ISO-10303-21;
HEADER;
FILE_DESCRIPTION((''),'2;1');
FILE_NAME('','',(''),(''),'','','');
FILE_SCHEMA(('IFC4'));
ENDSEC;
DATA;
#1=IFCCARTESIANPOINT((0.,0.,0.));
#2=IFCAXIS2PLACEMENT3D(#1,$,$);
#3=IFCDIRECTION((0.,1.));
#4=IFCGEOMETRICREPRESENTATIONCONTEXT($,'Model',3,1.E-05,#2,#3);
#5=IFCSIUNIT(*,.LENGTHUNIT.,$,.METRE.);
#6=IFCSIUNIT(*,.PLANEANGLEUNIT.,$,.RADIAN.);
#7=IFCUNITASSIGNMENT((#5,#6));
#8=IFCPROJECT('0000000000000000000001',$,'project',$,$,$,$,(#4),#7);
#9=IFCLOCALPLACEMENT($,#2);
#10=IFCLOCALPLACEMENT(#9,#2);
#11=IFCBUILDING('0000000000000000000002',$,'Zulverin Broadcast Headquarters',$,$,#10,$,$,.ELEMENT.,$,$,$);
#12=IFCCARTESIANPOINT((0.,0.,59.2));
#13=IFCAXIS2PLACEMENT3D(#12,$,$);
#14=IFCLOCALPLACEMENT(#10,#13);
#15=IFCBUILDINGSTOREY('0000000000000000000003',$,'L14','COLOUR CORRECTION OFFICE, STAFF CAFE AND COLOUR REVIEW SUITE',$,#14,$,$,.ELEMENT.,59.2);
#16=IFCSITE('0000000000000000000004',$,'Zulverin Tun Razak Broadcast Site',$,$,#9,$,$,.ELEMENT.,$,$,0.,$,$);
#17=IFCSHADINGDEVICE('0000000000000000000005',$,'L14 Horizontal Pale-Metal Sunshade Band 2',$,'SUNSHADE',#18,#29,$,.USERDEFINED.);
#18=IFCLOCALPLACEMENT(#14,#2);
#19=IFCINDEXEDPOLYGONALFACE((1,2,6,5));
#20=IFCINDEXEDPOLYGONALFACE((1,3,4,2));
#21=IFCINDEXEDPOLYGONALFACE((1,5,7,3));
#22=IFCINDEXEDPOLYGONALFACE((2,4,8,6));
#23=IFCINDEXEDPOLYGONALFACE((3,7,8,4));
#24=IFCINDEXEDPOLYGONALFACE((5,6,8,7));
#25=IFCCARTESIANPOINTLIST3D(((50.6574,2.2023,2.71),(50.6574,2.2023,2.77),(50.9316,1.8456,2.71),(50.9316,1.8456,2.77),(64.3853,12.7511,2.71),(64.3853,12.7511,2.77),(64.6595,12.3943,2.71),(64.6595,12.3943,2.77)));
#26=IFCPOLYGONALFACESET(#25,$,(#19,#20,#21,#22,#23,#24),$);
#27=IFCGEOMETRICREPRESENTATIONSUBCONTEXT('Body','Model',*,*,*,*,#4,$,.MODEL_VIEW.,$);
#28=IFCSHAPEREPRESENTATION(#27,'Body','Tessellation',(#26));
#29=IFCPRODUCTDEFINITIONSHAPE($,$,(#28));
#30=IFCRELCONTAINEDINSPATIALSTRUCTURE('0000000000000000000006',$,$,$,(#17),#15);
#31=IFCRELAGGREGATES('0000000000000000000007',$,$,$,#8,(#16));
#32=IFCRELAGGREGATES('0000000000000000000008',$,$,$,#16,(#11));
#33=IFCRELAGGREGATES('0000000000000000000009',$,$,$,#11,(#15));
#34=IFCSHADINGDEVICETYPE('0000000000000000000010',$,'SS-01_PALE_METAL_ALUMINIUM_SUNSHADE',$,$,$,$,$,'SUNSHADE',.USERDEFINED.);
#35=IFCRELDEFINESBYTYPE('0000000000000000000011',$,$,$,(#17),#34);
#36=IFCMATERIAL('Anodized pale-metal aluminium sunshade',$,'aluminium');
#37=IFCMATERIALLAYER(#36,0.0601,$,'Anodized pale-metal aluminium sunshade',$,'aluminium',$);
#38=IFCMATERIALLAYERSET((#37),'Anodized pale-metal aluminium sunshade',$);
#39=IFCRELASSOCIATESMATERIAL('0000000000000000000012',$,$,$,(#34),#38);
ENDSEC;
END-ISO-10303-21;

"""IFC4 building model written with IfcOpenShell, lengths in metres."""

from ifc_helpers import new_model, si_unit, direction, frame, origin, origin_2d, place, context, subcontext, project, spatial, rectangle, extrude, material, layer, layer_set, type_object, element, save


model = new_model("IFC4")

# Units and contexts
model_context = context("Model", 3, precision=1e-05, world=origin(), true_north=direction((0.0, 1.0)))
body_context = subcontext(model_context, "Body", "Model", "MODEL_VIEW")
ifc_project = project(units=[si_unit("LENGTHUNIT", "METRE"), si_unit("PLANEANGLEUNIT", "RADIAN")], contexts=[model_context])

# Site, building, storey
site_placement = place(None, origin())
site = spatial("IfcSite", under=ifc_project, at=site_placement, Name="Zulverin Tun Razak Broadcast Site", CompositionType="ELEMENT", RefElevation=0.0)
building_placement = place(site_placement, origin())
building = spatial("IfcBuilding", under=site, at=building_placement, Name="Zulverin Broadcast Headquarters", CompositionType="ELEMENT")
storey_placement = place(building_placement, frame((0.0, 0.0, 59.2)))
storey = spatial("IfcBuildingStorey", under=building, at=storey_placement, Name="L14", Description="COLOUR CORRECTION OFFICE, STAFF CAFE AND COLOUR REVIEW SUITE", CompositionType="ELEMENT", Elevation=59.2)

# Shading device
ifc_material_1 = material(Name="Anodized pale-metal aluminium sunshade", Category="aluminium")
ifc_layer_1 = layer(ifc_material_1, 0.0601, Name="Anodized pale-metal aluminium sunshade", Category="aluminium")
ifc_layer_set_1 = layer_set([ifc_layer_1], Name="Anodized pale-metal aluminium sunshade")
shading_device_type_1 = type_object("IfcShadingDeviceType", Name="SS-01_PALE_METAL_ALUMINIUM_SUNSHADE", ElementType="SUNSHADE", PredefinedType="USERDEFINED", material=ifc_layer_set_1)
shading_device_1_placement = place(storey_placement, frame((57.6584, 7.2983, 2.71), z_axis=(0.0, 0.0, 1.0), x_axis=(0.792933, 0.609308, 0.0)))
element("IfcShadingDevice", 1, at=shading_device_1_placement, inside=storey, type_object=shading_device_type_1, Name="L14 Horizontal Pale-Metal Sunshade Band 2", ObjectType="SUNSHADE", PredefinedType="USERDEFINED", context=body_context, shape_type="SweptSolid", body=[
    extrude(rectangle(XDim=17.3127, YDim=0.45, at=origin_2d()), origin(), (0.0, 0.0, 1.0), 0.0601),
])

save(model, "model.ifc")
